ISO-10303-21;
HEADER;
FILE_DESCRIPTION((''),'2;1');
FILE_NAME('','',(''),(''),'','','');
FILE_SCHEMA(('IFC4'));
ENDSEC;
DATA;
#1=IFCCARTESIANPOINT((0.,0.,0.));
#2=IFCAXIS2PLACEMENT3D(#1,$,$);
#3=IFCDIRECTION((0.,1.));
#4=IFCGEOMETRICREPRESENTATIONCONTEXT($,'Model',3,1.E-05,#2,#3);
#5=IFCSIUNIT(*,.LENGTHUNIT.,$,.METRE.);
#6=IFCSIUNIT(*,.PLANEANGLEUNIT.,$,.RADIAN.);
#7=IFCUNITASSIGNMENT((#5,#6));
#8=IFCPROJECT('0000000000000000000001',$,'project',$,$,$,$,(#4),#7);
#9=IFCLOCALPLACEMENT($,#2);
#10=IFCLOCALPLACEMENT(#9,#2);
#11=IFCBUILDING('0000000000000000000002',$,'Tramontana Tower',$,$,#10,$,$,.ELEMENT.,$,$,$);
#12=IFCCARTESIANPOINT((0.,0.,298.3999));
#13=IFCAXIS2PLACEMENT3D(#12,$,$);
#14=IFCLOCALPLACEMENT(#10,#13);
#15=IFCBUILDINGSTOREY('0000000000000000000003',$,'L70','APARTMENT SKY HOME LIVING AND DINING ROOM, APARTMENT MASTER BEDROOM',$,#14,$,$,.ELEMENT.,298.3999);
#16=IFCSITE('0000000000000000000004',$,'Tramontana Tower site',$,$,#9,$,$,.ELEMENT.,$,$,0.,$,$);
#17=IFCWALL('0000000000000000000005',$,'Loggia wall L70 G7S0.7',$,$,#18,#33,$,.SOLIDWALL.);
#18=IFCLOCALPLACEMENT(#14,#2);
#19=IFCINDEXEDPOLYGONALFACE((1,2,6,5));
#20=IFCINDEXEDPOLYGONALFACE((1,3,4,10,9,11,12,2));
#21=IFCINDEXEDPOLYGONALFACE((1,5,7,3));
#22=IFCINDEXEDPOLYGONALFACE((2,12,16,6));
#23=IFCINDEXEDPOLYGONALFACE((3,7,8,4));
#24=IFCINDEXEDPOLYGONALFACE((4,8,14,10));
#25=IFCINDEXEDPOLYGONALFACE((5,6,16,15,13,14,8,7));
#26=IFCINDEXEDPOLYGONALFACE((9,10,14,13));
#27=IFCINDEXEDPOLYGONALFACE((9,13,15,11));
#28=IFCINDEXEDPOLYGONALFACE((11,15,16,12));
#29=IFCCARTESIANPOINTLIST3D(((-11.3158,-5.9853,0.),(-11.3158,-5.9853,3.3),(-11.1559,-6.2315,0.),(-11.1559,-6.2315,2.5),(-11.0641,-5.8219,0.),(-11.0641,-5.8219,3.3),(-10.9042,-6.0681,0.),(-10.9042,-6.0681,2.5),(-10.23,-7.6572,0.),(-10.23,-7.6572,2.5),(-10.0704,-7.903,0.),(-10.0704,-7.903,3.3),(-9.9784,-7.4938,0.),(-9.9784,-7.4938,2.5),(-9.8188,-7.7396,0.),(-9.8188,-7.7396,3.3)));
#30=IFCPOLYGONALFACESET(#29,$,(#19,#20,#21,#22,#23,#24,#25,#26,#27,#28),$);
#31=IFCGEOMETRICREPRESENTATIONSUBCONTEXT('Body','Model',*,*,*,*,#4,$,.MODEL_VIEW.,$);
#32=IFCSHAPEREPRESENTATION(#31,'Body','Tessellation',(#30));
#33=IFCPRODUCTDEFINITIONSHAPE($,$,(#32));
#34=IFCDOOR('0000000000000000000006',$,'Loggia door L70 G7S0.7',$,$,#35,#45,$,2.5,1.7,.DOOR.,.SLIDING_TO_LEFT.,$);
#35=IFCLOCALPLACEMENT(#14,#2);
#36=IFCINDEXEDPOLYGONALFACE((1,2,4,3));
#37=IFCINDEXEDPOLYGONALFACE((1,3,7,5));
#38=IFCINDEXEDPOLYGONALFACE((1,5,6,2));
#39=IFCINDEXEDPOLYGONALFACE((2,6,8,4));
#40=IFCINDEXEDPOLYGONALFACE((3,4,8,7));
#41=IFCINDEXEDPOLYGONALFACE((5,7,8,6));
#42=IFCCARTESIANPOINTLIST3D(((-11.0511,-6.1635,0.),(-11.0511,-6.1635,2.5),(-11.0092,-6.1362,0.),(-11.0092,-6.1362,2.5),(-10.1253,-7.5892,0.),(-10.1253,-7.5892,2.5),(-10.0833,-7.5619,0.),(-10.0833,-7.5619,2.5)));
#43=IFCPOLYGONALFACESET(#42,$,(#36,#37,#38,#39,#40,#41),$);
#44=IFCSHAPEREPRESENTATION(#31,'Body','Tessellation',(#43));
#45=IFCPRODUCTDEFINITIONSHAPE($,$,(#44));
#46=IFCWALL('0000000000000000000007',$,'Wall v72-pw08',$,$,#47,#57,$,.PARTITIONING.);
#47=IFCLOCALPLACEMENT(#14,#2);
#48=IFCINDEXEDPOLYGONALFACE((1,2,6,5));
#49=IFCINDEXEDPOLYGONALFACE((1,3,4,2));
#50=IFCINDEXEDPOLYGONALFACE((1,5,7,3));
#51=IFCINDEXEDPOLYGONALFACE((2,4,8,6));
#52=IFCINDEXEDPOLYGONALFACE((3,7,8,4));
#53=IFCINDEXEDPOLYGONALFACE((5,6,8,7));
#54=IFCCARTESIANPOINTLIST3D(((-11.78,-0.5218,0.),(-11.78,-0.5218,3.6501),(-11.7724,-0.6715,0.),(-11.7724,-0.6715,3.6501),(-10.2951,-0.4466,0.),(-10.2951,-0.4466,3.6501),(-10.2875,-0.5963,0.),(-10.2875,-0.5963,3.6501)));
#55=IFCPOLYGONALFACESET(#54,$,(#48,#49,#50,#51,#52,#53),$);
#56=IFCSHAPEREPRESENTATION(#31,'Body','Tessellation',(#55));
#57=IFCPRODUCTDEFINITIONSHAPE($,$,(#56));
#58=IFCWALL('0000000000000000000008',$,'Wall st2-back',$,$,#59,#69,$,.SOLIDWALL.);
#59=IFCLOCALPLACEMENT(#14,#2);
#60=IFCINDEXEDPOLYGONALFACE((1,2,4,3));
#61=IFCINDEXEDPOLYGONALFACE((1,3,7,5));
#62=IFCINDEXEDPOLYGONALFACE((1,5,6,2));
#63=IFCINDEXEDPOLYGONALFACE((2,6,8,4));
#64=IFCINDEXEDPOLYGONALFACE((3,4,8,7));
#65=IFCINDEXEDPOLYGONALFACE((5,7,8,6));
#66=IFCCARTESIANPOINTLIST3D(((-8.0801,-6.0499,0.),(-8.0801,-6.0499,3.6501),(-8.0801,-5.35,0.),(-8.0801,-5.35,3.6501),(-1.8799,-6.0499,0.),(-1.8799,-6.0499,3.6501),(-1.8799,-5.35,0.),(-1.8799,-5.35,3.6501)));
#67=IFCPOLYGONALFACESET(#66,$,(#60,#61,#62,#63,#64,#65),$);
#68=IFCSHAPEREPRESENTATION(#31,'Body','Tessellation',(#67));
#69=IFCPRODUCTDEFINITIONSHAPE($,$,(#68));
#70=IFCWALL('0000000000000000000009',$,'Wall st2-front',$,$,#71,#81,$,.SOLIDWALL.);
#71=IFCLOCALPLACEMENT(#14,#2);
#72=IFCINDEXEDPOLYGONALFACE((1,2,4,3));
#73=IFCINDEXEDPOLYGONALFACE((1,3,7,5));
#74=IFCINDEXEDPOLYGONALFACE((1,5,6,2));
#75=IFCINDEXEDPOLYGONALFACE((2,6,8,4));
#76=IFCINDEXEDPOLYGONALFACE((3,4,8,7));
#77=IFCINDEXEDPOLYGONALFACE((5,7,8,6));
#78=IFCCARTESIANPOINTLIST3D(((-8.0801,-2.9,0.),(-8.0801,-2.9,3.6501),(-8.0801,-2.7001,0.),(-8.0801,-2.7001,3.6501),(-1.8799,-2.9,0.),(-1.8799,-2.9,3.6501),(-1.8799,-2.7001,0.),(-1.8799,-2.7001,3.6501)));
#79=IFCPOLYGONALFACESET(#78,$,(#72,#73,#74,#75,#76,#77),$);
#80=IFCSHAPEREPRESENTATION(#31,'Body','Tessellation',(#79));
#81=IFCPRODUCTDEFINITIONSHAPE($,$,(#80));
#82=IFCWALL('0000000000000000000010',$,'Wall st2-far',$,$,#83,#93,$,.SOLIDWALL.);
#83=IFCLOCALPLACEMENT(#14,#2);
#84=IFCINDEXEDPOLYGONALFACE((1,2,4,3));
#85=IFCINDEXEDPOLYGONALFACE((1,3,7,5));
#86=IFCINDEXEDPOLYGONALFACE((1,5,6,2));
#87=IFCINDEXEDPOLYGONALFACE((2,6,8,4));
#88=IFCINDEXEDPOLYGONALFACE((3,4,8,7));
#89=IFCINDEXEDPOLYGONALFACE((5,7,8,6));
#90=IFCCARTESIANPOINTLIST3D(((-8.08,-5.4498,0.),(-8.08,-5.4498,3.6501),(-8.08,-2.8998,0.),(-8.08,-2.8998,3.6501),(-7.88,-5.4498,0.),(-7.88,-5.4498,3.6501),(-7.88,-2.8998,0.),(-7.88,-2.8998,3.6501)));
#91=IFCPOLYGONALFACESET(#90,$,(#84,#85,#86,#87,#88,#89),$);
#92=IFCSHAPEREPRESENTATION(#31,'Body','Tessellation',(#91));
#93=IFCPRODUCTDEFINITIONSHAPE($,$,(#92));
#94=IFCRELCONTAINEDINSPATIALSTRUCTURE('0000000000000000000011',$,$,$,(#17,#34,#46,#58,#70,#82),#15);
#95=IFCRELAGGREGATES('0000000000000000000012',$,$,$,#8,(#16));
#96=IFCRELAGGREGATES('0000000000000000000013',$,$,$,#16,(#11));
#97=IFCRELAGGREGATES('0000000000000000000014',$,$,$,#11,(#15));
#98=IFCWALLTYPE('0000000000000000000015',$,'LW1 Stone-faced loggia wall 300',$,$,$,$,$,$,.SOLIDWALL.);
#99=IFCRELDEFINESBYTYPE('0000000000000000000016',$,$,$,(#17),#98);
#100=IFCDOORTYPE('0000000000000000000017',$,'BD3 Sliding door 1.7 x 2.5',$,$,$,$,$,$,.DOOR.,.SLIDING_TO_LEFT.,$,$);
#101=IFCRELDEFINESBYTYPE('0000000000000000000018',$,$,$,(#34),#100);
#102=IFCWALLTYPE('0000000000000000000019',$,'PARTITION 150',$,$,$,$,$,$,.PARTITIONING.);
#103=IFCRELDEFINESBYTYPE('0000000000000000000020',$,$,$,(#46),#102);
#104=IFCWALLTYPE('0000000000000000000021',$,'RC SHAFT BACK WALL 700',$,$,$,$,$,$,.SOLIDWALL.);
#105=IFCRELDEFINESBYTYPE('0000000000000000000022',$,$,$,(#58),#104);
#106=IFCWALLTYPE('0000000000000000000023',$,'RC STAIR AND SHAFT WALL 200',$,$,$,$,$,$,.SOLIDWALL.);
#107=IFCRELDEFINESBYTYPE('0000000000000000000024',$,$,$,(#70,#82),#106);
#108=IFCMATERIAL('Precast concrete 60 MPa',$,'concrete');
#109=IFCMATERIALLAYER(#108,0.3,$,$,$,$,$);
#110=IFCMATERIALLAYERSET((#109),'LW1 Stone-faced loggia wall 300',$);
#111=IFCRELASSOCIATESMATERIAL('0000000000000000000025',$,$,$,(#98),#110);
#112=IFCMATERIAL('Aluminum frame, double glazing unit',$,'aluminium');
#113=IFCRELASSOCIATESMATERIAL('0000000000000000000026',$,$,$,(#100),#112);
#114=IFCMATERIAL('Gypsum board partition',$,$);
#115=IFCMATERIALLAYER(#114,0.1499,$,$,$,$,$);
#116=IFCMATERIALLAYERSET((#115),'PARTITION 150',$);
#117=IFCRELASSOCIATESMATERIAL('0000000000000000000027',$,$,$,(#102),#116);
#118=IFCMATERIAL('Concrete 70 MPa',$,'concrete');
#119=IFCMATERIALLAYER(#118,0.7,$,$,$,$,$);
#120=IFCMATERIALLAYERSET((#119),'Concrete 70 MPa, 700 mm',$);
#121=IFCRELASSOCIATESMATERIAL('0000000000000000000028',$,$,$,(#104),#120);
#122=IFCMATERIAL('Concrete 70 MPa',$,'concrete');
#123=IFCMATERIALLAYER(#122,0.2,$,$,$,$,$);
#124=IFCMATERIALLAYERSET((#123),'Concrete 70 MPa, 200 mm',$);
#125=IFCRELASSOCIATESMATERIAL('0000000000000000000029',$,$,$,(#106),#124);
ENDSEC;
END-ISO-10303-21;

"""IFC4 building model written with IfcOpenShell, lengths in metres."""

from ifc_helpers import new_model, si_unit, direction, frame, frame_2d, origin, place, context, subcontext, project, spatial, rectangle, extrude, material, layer, layer_set, type_object, element, fill, save


model = new_model("IFC4")

# Units and contexts
model_context = context("Model", 3, precision=1e-05, world=origin(), true_north=direction((0.0, 1.0)))
body_context = subcontext(model_context, "Body", "Model", "MODEL_VIEW")
ifc_project = project(units=[si_unit("LENGTHUNIT", "METRE"), si_unit("PLANEANGLEUNIT", "RADIAN")], contexts=[model_context])

# Site, building, storey
site_placement = place(None, origin())
site = spatial("IfcSite", under=ifc_project, at=site_placement, Name="Tramontana Tower site", CompositionType="ELEMENT", RefElevation=0.0)
building_placement = place(site_placement, origin())
building = spatial("IfcBuilding", under=site, at=building_placement, Name="Tramontana Tower", CompositionType="ELEMENT")
storey_placement = place(building_placement, frame((0.0, 0.0, 298.3999)))
storey = spatial("IfcBuildingStorey", under=building, at=storey_placement, Name="L70", Description="APARTMENT SKY HOME LIVING AND DINING ROOM, APARTMENT MASTER BEDROOM", CompositionType="ELEMENT", Elevation=298.3999)

# Shared definitions
ifc_material_1 = material(Name="Precast concrete 60 MPa", Category="concrete")
ifc_layer_1 = layer(ifc_material_1, 0.3)
ifc_layer_set_1 = layer_set([ifc_layer_1], Name="LW1 Stone-faced loggia wall 300")
wall_type_1 = type_object("IfcWallType", Name="LW1 Stone-faced loggia wall 300", PredefinedType="SOLIDWALL", material=ifc_layer_set_1)

# Wall, opening, door
wall_1_placement = place(storey_placement, frame((-11.1899, -5.9036, 0.0), z_axis=(0.0, 0.0, 1.0), x_axis=(0.544632, -0.838675, 0.0)))
wall_1 = element("IfcWall", 1, at=wall_1_placement, inside=storey, type_object=wall_type_1, Name="Loggia wall L70 G7S0.7", PredefinedType="SOLIDWALL", context=body_context, shape_type="SweptSolid", body=[
    extrude(rectangle(XDim=2.2866, YDim=0.3, at=frame_2d((1.1433, 0.0))), origin(), (0.0, 0.0, 1.0), 3.3),
])
opening_1_placement = place(wall_1_placement, frame((0.2935, 0.0, 0.0)))
opening_1 = element("IfcOpeningElement", 2, at=opening_1_placement, cuts=wall_1, PredefinedType="OPENING", context=body_context, shape_type="SweptSolid", body=[
    extrude(rectangle(XDim=1.7, YDim=2.5, at=frame_2d((0.8501, 1.25))), frame((0.0, 0.1599, 0.0), z_axis=(0.0, -1.0, 0.0), x_axis=(1.0, 0.0, 0.0)), (0.0, 0.0, 1.0), 0.3201),
])
ifc_material_2 = material(Name="Aluminum frame, double glazing unit", Category="aluminium")
door_type_1 = type_object("IfcDoorType", Name="BD3 Sliding door 1.7 x 2.5", OperationType="SLIDING_TO_LEFT", PredefinedType="DOOR", material=ifc_material_2)
door_1_placement = place(opening_1_placement, origin())
door_1 = element("IfcDoor", 3, at=door_1_placement, inside=storey, type_object=door_type_1, Name="Loggia door L70 G7S0.7", OperationType="SLIDING_TO_LEFT", OverallHeight=2.5, OverallWidth=1.7, PredefinedType="DOOR", context=body_context, shape_type="SweptSolid", body=[
    extrude(rectangle(XDim=1.7, YDim=2.5, at=frame_2d((0.8501, 1.25))), frame((0.0, 0.0249, 0.0), z_axis=(0.0, -1.0, 0.0), x_axis=(1.0, 0.0, 0.0)), (0.0, 0.0, 1.0), 0.05),
])
fill(opening_1, door_1)
ifc_material_3 = material(Name="Gypsum board partition")
ifc_layer_2 = layer(ifc_material_3, 0.1499)
ifc_layer_set_2 = layer_set([ifc_layer_2], Name="PARTITION 150")
wall_type_2 = type_object("IfcWallType", Name="PARTITION 150", PredefinedType="PARTITIONING", material=ifc_layer_set_2)

# Walls
wall_2_placement = place(storey_placement, frame((-10.2913, -0.5215, 0.0), z_axis=(0.0, 0.0, 1.0), x_axis=(-0.99872, -0.050576, 0.0)))
element("IfcWall", 4, at=wall_2_placement, inside=storey, type_object=wall_type_2, Name="Wall v72-pw08", PredefinedType="PARTITIONING", context=body_context, shape_type="SweptSolid", body=[
    extrude(rectangle(XDim=1.4868, YDim=0.1499, at=frame_2d((0.7434, 0.0))), origin(), (0.0, 0.0, 1.0), 3.6501),
])
ifc_material_4 = material(Name="Concrete 70 MPa", Category="concrete")
ifc_layer_3 = layer(ifc_material_4, 0.7)
ifc_layer_set_3 = layer_set([ifc_layer_3], Name="Concrete 70 MPa, 700 mm")
wall_type_3 = type_object("IfcWallType", Name="RC SHAFT BACK WALL 700", PredefinedType="SOLIDWALL", material=ifc_layer_set_3)
wall_3_placement = place(storey_placement, frame((-8.0801, -5.7, 0.0), z_axis=(0.0, 0.0, 1.0), x_axis=(1.0, 0.0, 0.0)))
element("IfcWall", 5, at=wall_3_placement, inside=storey, type_object=wall_type_3, Name="Wall st2-back", PredefinedType="SOLIDWALL", context=body_context, shape_type="SweptSolid", body=[
    extrude(rectangle(XDim=6.2002, YDim=0.7, at=frame_2d((3.1001, 0.0))), origin(), (0.0, 0.0, 1.0), 3.6501),
])
ifc_material_5 = material(Name="Concrete 70 MPa", Category="concrete")
ifc_layer_4 = layer(ifc_material_5, 0.2)
ifc_layer_set_4 = layer_set([ifc_layer_4], Name="Concrete 70 MPa, 200 mm")
wall_type_4 = type_object("IfcWallType", Name="RC STAIR AND SHAFT WALL 200", PredefinedType="SOLIDWALL", material=ifc_layer_set_4)
wall_4_placement = place(storey_placement, frame((-8.0801, -2.8, 0.0), z_axis=(0.0, 0.0, 1.0), x_axis=(1.0, 0.0, 0.0)))
element("IfcWall", 6, at=wall_4_placement, inside=storey, type_object=wall_type_4, Name="Wall st2-front", PredefinedType="SOLIDWALL", context=body_context, shape_type="SweptSolid", body=[
    extrude(rectangle(XDim=6.2002, YDim=0.2, at=frame_2d((3.1001, 0.0))), origin(), (0.0, 0.0, 1.0), 3.6501),
])
wall_5_placement = place(storey_placement, frame((-7.98, -2.8999, 0.0), z_axis=(0.0, 0.0, 1.0), x_axis=(0.0, -1.0, 0.0)))
element("IfcWall", 7, at=wall_5_placement, inside=storey, type_object=wall_type_4, Name="Wall st2-far", PredefinedType="SOLIDWALL", context=body_context, shape_type="SweptSolid", body=[
    extrude(rectangle(XDim=2.55, YDim=0.2, at=frame_2d((1.2749, 0.0))), origin(), (0.0, 0.0, 1.0), 3.6501),
])

save(model, "model.ifc")
